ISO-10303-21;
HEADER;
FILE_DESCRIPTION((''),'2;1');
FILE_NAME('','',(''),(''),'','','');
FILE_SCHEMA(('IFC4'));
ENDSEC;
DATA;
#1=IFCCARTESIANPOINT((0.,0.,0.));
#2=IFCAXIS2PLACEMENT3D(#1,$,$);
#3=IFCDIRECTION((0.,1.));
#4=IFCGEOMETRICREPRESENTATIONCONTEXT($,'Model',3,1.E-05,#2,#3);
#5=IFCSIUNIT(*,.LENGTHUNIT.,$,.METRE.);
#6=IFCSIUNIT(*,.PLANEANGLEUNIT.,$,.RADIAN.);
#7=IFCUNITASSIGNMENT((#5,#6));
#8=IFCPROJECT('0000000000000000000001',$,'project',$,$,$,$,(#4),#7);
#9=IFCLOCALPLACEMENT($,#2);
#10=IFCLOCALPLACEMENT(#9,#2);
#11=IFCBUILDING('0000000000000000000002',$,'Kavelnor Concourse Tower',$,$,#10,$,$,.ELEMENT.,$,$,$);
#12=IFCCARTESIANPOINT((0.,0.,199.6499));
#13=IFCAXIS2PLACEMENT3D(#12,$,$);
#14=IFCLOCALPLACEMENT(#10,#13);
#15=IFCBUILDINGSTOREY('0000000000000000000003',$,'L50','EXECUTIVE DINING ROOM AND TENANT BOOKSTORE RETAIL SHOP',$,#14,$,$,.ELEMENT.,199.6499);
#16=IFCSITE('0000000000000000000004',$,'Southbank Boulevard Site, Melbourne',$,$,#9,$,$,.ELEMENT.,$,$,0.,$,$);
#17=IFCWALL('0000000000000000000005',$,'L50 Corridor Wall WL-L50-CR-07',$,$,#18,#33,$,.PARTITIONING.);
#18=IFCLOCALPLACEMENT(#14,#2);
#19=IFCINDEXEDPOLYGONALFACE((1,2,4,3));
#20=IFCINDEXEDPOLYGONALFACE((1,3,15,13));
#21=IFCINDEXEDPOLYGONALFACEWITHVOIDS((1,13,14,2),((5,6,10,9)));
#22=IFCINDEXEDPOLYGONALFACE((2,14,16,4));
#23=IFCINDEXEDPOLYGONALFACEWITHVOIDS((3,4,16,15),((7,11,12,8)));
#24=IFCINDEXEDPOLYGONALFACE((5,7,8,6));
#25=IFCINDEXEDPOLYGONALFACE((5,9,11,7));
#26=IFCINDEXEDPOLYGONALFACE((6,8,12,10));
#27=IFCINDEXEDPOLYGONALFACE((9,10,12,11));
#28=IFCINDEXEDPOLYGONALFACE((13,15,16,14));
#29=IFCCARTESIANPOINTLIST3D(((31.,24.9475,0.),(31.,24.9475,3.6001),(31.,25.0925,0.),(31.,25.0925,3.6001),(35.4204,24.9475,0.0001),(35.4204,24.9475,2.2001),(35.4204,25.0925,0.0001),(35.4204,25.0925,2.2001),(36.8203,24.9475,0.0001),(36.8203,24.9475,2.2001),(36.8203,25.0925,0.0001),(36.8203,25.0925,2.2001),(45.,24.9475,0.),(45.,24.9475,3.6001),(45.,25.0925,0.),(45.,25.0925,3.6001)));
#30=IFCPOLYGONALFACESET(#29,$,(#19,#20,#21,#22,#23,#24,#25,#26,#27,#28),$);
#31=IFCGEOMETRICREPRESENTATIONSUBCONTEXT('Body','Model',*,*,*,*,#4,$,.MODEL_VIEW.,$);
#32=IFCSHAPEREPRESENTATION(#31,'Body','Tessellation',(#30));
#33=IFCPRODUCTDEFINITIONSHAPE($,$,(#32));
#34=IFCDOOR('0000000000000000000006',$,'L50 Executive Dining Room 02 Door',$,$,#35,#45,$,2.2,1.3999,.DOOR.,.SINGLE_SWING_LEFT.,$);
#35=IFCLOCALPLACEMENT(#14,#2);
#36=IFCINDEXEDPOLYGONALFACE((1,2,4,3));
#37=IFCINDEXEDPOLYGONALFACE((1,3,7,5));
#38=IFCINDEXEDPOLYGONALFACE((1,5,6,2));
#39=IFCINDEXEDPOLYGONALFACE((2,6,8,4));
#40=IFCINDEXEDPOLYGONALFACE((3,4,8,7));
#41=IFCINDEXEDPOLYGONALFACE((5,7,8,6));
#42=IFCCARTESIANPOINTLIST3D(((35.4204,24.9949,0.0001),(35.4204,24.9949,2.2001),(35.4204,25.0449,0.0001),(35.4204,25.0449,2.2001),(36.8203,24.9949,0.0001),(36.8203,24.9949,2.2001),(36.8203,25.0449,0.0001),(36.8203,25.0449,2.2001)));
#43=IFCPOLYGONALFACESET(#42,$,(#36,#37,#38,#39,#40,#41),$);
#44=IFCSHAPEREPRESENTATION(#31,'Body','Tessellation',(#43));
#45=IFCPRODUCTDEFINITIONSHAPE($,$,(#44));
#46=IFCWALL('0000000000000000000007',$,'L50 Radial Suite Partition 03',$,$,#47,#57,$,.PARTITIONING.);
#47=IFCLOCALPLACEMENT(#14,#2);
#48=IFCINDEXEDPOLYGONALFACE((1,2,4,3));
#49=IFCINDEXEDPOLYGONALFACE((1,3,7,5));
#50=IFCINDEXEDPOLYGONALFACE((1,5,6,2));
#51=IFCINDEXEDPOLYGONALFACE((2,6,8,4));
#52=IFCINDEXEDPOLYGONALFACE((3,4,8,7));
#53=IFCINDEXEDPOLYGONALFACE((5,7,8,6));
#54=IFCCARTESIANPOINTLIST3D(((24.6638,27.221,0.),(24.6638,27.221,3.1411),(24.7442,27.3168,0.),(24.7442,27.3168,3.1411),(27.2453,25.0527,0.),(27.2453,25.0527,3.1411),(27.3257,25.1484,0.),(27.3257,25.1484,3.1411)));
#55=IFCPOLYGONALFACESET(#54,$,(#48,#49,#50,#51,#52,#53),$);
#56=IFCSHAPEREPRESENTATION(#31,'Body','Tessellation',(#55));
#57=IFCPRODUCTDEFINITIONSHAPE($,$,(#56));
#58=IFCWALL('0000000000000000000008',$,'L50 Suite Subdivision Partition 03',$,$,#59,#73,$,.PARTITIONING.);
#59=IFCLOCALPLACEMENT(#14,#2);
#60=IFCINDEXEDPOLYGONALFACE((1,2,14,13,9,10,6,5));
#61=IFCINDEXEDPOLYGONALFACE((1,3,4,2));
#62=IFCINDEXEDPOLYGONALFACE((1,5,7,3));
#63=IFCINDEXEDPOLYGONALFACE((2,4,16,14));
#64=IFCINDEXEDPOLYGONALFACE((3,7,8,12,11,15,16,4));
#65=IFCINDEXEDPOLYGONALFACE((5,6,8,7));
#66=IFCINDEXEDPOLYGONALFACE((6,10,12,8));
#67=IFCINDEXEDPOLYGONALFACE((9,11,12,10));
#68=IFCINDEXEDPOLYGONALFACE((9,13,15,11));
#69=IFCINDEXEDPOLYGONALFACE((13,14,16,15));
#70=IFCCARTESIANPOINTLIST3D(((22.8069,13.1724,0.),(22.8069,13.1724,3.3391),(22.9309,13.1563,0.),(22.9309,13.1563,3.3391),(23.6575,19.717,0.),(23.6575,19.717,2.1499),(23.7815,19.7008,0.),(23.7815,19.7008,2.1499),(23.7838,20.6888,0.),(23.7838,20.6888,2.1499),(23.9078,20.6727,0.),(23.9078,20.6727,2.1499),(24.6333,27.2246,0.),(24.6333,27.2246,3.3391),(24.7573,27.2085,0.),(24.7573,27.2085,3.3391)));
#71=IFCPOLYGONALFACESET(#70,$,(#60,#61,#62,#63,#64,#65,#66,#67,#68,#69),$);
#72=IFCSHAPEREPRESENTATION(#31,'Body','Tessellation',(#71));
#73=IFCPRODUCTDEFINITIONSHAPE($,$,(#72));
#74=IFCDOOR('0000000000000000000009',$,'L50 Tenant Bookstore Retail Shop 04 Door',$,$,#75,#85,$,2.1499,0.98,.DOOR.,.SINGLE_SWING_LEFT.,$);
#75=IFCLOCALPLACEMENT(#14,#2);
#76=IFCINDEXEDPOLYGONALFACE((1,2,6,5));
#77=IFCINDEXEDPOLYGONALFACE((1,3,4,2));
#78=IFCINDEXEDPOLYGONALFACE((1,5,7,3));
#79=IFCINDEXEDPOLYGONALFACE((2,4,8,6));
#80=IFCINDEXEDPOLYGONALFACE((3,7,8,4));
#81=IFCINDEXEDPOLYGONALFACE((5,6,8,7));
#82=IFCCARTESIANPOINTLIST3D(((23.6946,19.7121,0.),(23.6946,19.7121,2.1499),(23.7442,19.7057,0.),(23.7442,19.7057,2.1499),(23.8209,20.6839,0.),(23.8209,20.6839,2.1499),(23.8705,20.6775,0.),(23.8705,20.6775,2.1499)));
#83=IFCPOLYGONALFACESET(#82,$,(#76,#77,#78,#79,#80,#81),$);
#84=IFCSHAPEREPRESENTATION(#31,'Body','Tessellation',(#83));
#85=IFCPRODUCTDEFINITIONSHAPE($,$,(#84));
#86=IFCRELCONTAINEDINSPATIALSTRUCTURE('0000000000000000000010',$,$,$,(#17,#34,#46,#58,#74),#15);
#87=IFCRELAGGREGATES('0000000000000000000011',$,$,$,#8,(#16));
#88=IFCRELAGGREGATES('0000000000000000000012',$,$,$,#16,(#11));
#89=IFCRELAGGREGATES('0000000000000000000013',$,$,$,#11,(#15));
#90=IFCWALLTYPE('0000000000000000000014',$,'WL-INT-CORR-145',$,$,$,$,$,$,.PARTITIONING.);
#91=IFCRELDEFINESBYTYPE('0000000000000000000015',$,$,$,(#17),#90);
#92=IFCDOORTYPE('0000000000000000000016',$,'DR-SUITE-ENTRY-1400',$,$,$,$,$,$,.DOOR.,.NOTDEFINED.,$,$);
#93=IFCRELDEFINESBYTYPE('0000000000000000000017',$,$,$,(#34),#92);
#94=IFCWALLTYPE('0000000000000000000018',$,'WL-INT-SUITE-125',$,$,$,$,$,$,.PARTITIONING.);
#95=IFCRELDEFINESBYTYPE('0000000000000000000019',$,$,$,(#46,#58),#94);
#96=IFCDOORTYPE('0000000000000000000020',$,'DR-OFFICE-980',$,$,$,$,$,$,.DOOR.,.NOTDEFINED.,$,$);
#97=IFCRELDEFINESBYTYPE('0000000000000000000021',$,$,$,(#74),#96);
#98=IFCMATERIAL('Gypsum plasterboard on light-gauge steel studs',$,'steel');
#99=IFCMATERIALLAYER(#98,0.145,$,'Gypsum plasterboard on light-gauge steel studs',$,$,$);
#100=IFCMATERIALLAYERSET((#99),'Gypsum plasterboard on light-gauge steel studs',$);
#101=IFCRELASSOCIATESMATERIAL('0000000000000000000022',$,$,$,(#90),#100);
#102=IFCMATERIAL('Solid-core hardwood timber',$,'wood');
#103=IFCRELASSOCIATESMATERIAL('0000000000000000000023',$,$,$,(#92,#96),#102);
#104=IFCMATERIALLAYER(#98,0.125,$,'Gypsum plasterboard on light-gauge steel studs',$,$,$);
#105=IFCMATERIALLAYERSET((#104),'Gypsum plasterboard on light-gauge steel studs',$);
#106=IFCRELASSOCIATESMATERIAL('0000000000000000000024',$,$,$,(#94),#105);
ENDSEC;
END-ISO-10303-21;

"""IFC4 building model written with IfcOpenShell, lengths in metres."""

from ifc_helpers import new_model, si_unit, direction, frame, frame_2d, origin, place, context, subcontext, project, spatial, rectangle, extrude, material, layer, layer_set, type_object, element, fill, save


model = new_model("IFC4")

# Units and contexts
model_context = context("Model", 3, precision=1e-05, world=origin(), true_north=direction((0.0, 1.0)))
body_context = subcontext(model_context, "Body", "Model", "MODEL_VIEW")
ifc_project = project(units=[si_unit("LENGTHUNIT", "METRE"), si_unit("PLANEANGLEUNIT", "RADIAN")], contexts=[model_context])

# Site, building, storey
site_placement = place(None, origin())
site = spatial("IfcSite", under=ifc_project, at=site_placement, Name="Southbank Boulevard Site, Melbourne", CompositionType="ELEMENT", RefElevation=0.0)
building_placement = place(site_placement, origin())
building = spatial("IfcBuilding", under=site, at=building_placement, Name="Kavelnor Concourse Tower", CompositionType="ELEMENT")
storey_placement = place(building_placement, frame((0.0, 0.0, 199.6499)))
storey = spatial("IfcBuildingStorey", under=building, at=storey_placement, Name="L50", Description="EXECUTIVE DINING ROOM AND TENANT BOOKSTORE RETAIL SHOP", CompositionType="ELEMENT", Elevation=199.6499)

# Shared definitions
ifc_material_1 = material(Name="Gypsum plasterboard on light-gauge steel studs", Category="steel")
ifc_layer_1 = layer(ifc_material_1, 0.145, Name="Gypsum plasterboard on light-gauge steel studs")
ifc_layer_set_1 = layer_set([ifc_layer_1], Name="Gypsum plasterboard on light-gauge steel studs")
wall_type_1 = type_object("IfcWallType", Name="WL-INT-CORR-145", PredefinedType="PARTITIONING", material=ifc_layer_set_1)

# Wall, opening, door
wall_1_placement = place(storey_placement, frame((31.0, 25.02, 0.0), z_axis=(0.0, 0.0, 1.0), x_axis=(1.0, 0.0, 0.0)))
wall_1 = element("IfcWall", 1, at=wall_1_placement, inside=storey, type_object=wall_type_1, Name="L50 Corridor Wall WL-L50-CR-07", PredefinedType="PARTITIONING", context=body_context, shape_type="SweptSolid", body=[
    extrude(rectangle(XDim=14.0, YDim=0.145, at=frame_2d((7.0, 0.0))), origin(), (0.0, 0.0, 1.0), 3.6001),
])
opening_1_placement = place(wall_1_placement, frame((4.4204, 0.0, 0.0)))
opening_1 = element("IfcOpeningElement", 2, at=opening_1_placement, cuts=wall_1, PredefinedType="OPENING", context=body_context, shape_type="SweptSolid", body=[
    extrude(rectangle(XDim=1.3999, YDim=2.2, at=frame_2d((0.7, 1.1001))), frame((0.0, 0.0825, 0.0), z_axis=(0.0, -1.0, 0.0), x_axis=(1.0, 0.0, 0.0)), (0.0, 0.0, 1.0), 0.165),
])
ifc_material_2 = material(Name="Solid-core hardwood timber", Category="wood")
door_type_1 = type_object("IfcDoorType", Name="DR-SUITE-ENTRY-1400", OperationType="NOTDEFINED", PredefinedType="DOOR", material=ifc_material_2)
door_1_placement = place(opening_1_placement, origin())
door_1 = element("IfcDoor", 3, at=door_1_placement, inside=storey, type_object=door_type_1, Name="L50 Executive Dining Room 02 Door", OperationType="SINGLE_SWING_LEFT", OverallHeight=2.2, OverallWidth=1.3999, PredefinedType="DOOR", context=body_context, shape_type="SweptSolid", body=[
    extrude(rectangle(XDim=1.3999, YDim=2.2, at=frame_2d((0.7, 1.1001))), frame((0.0, 0.0249, 0.0), z_axis=(0.0, -1.0, 0.0), x_axis=(1.0, 0.0, 0.0)), (0.0, 0.0, 1.0), 0.05),
])
fill(opening_1, door_1)

# Wall
ifc_layer_2 = layer(ifc_material_1, 0.125, Name="Gypsum plasterboard on light-gauge steel studs")
ifc_layer_set_2 = layer_set([ifc_layer_2], Name="Gypsum plasterboard on light-gauge steel studs")
wall_type_2 = type_object("IfcWallType", Name="WL-INT-SUITE-125", PredefinedType="PARTITIONING", material=ifc_layer_set_2)
wall_2_placement = place(storey_placement, frame((27.2854, 25.1006, 0.0), z_axis=(0.0, 0.0, 1.0), x_axis=(-0.765711, 0.643185, 0.0)))
element("IfcWall", 4, at=wall_2_placement, inside=storey, type_object=wall_type_2, Name="L50 Radial Suite Partition 03", PredefinedType="PARTITIONING", context=body_context, shape_type="SweptSolid", body=[
    extrude(rectangle(XDim=3.3713, YDim=0.125, at=frame_2d((1.6855, 0.0))), origin(), (0.0, 0.0, 1.0), 3.1411),
])

# Wall, opening, door
wall_3_placement = place(storey_placement, frame((24.6953, 27.2166, 0.0), z_axis=(0.0, 0.0, 1.0), x_axis=(-0.128889, -0.991659, 0.0)))
wall_3 = element("IfcWall", 5, at=wall_3_placement, inside=storey, type_object=wall_type_2, Name="L50 Suite Subdivision Partition 03", PredefinedType="PARTITIONING", context=body_context, shape_type="SweptSolid", body=[
    extrude(rectangle(XDim=14.1704, YDim=0.125, at=frame_2d((7.0852, 0.0))), origin(), (0.0, 0.0, 1.0), 3.3391),
])
opening_2_placement = place(wall_3_placement, frame((6.5908, 0.0, 0.0)))
opening_2 = element("IfcOpeningElement", 6, at=opening_2_placement, cuts=wall_3, PredefinedType="OPENING", context=body_context, shape_type="SweptSolid", body=[
    extrude(rectangle(XDim=0.98, YDim=2.1499, at=frame_2d((0.49, 1.075))), frame((0.0, 0.0725, 0.0), z_axis=(0.0, -1.0, 0.0), x_axis=(1.0, 0.0, 0.0)), (0.0, 0.0, 1.0), 0.145),
])
door_type_2 = type_object("IfcDoorType", Name="DR-OFFICE-980", OperationType="NOTDEFINED", PredefinedType="DOOR", material=ifc_material_2)
door_2_placement = place(opening_2_placement, origin())
door_2 = element("IfcDoor", 7, at=door_2_placement, inside=storey, type_object=door_type_2, Name="L50 Tenant Bookstore Retail Shop 04 Door", OperationType="SINGLE_SWING_LEFT", OverallHeight=2.1499, OverallWidth=0.98, PredefinedType="DOOR", context=body_context, shape_type="SweptSolid", body=[
    extrude(rectangle(XDim=0.98, YDim=2.1499, at=frame_2d((0.49, 1.075))), frame((0.0, 0.0249, 0.0), z_axis=(0.0, -1.0, 0.0), x_axis=(1.0, 0.0, 0.0)), (0.0, 0.0, 1.0), 0.05),
])
fill(opening_2, door_2)

save(model, "model.ifc")
